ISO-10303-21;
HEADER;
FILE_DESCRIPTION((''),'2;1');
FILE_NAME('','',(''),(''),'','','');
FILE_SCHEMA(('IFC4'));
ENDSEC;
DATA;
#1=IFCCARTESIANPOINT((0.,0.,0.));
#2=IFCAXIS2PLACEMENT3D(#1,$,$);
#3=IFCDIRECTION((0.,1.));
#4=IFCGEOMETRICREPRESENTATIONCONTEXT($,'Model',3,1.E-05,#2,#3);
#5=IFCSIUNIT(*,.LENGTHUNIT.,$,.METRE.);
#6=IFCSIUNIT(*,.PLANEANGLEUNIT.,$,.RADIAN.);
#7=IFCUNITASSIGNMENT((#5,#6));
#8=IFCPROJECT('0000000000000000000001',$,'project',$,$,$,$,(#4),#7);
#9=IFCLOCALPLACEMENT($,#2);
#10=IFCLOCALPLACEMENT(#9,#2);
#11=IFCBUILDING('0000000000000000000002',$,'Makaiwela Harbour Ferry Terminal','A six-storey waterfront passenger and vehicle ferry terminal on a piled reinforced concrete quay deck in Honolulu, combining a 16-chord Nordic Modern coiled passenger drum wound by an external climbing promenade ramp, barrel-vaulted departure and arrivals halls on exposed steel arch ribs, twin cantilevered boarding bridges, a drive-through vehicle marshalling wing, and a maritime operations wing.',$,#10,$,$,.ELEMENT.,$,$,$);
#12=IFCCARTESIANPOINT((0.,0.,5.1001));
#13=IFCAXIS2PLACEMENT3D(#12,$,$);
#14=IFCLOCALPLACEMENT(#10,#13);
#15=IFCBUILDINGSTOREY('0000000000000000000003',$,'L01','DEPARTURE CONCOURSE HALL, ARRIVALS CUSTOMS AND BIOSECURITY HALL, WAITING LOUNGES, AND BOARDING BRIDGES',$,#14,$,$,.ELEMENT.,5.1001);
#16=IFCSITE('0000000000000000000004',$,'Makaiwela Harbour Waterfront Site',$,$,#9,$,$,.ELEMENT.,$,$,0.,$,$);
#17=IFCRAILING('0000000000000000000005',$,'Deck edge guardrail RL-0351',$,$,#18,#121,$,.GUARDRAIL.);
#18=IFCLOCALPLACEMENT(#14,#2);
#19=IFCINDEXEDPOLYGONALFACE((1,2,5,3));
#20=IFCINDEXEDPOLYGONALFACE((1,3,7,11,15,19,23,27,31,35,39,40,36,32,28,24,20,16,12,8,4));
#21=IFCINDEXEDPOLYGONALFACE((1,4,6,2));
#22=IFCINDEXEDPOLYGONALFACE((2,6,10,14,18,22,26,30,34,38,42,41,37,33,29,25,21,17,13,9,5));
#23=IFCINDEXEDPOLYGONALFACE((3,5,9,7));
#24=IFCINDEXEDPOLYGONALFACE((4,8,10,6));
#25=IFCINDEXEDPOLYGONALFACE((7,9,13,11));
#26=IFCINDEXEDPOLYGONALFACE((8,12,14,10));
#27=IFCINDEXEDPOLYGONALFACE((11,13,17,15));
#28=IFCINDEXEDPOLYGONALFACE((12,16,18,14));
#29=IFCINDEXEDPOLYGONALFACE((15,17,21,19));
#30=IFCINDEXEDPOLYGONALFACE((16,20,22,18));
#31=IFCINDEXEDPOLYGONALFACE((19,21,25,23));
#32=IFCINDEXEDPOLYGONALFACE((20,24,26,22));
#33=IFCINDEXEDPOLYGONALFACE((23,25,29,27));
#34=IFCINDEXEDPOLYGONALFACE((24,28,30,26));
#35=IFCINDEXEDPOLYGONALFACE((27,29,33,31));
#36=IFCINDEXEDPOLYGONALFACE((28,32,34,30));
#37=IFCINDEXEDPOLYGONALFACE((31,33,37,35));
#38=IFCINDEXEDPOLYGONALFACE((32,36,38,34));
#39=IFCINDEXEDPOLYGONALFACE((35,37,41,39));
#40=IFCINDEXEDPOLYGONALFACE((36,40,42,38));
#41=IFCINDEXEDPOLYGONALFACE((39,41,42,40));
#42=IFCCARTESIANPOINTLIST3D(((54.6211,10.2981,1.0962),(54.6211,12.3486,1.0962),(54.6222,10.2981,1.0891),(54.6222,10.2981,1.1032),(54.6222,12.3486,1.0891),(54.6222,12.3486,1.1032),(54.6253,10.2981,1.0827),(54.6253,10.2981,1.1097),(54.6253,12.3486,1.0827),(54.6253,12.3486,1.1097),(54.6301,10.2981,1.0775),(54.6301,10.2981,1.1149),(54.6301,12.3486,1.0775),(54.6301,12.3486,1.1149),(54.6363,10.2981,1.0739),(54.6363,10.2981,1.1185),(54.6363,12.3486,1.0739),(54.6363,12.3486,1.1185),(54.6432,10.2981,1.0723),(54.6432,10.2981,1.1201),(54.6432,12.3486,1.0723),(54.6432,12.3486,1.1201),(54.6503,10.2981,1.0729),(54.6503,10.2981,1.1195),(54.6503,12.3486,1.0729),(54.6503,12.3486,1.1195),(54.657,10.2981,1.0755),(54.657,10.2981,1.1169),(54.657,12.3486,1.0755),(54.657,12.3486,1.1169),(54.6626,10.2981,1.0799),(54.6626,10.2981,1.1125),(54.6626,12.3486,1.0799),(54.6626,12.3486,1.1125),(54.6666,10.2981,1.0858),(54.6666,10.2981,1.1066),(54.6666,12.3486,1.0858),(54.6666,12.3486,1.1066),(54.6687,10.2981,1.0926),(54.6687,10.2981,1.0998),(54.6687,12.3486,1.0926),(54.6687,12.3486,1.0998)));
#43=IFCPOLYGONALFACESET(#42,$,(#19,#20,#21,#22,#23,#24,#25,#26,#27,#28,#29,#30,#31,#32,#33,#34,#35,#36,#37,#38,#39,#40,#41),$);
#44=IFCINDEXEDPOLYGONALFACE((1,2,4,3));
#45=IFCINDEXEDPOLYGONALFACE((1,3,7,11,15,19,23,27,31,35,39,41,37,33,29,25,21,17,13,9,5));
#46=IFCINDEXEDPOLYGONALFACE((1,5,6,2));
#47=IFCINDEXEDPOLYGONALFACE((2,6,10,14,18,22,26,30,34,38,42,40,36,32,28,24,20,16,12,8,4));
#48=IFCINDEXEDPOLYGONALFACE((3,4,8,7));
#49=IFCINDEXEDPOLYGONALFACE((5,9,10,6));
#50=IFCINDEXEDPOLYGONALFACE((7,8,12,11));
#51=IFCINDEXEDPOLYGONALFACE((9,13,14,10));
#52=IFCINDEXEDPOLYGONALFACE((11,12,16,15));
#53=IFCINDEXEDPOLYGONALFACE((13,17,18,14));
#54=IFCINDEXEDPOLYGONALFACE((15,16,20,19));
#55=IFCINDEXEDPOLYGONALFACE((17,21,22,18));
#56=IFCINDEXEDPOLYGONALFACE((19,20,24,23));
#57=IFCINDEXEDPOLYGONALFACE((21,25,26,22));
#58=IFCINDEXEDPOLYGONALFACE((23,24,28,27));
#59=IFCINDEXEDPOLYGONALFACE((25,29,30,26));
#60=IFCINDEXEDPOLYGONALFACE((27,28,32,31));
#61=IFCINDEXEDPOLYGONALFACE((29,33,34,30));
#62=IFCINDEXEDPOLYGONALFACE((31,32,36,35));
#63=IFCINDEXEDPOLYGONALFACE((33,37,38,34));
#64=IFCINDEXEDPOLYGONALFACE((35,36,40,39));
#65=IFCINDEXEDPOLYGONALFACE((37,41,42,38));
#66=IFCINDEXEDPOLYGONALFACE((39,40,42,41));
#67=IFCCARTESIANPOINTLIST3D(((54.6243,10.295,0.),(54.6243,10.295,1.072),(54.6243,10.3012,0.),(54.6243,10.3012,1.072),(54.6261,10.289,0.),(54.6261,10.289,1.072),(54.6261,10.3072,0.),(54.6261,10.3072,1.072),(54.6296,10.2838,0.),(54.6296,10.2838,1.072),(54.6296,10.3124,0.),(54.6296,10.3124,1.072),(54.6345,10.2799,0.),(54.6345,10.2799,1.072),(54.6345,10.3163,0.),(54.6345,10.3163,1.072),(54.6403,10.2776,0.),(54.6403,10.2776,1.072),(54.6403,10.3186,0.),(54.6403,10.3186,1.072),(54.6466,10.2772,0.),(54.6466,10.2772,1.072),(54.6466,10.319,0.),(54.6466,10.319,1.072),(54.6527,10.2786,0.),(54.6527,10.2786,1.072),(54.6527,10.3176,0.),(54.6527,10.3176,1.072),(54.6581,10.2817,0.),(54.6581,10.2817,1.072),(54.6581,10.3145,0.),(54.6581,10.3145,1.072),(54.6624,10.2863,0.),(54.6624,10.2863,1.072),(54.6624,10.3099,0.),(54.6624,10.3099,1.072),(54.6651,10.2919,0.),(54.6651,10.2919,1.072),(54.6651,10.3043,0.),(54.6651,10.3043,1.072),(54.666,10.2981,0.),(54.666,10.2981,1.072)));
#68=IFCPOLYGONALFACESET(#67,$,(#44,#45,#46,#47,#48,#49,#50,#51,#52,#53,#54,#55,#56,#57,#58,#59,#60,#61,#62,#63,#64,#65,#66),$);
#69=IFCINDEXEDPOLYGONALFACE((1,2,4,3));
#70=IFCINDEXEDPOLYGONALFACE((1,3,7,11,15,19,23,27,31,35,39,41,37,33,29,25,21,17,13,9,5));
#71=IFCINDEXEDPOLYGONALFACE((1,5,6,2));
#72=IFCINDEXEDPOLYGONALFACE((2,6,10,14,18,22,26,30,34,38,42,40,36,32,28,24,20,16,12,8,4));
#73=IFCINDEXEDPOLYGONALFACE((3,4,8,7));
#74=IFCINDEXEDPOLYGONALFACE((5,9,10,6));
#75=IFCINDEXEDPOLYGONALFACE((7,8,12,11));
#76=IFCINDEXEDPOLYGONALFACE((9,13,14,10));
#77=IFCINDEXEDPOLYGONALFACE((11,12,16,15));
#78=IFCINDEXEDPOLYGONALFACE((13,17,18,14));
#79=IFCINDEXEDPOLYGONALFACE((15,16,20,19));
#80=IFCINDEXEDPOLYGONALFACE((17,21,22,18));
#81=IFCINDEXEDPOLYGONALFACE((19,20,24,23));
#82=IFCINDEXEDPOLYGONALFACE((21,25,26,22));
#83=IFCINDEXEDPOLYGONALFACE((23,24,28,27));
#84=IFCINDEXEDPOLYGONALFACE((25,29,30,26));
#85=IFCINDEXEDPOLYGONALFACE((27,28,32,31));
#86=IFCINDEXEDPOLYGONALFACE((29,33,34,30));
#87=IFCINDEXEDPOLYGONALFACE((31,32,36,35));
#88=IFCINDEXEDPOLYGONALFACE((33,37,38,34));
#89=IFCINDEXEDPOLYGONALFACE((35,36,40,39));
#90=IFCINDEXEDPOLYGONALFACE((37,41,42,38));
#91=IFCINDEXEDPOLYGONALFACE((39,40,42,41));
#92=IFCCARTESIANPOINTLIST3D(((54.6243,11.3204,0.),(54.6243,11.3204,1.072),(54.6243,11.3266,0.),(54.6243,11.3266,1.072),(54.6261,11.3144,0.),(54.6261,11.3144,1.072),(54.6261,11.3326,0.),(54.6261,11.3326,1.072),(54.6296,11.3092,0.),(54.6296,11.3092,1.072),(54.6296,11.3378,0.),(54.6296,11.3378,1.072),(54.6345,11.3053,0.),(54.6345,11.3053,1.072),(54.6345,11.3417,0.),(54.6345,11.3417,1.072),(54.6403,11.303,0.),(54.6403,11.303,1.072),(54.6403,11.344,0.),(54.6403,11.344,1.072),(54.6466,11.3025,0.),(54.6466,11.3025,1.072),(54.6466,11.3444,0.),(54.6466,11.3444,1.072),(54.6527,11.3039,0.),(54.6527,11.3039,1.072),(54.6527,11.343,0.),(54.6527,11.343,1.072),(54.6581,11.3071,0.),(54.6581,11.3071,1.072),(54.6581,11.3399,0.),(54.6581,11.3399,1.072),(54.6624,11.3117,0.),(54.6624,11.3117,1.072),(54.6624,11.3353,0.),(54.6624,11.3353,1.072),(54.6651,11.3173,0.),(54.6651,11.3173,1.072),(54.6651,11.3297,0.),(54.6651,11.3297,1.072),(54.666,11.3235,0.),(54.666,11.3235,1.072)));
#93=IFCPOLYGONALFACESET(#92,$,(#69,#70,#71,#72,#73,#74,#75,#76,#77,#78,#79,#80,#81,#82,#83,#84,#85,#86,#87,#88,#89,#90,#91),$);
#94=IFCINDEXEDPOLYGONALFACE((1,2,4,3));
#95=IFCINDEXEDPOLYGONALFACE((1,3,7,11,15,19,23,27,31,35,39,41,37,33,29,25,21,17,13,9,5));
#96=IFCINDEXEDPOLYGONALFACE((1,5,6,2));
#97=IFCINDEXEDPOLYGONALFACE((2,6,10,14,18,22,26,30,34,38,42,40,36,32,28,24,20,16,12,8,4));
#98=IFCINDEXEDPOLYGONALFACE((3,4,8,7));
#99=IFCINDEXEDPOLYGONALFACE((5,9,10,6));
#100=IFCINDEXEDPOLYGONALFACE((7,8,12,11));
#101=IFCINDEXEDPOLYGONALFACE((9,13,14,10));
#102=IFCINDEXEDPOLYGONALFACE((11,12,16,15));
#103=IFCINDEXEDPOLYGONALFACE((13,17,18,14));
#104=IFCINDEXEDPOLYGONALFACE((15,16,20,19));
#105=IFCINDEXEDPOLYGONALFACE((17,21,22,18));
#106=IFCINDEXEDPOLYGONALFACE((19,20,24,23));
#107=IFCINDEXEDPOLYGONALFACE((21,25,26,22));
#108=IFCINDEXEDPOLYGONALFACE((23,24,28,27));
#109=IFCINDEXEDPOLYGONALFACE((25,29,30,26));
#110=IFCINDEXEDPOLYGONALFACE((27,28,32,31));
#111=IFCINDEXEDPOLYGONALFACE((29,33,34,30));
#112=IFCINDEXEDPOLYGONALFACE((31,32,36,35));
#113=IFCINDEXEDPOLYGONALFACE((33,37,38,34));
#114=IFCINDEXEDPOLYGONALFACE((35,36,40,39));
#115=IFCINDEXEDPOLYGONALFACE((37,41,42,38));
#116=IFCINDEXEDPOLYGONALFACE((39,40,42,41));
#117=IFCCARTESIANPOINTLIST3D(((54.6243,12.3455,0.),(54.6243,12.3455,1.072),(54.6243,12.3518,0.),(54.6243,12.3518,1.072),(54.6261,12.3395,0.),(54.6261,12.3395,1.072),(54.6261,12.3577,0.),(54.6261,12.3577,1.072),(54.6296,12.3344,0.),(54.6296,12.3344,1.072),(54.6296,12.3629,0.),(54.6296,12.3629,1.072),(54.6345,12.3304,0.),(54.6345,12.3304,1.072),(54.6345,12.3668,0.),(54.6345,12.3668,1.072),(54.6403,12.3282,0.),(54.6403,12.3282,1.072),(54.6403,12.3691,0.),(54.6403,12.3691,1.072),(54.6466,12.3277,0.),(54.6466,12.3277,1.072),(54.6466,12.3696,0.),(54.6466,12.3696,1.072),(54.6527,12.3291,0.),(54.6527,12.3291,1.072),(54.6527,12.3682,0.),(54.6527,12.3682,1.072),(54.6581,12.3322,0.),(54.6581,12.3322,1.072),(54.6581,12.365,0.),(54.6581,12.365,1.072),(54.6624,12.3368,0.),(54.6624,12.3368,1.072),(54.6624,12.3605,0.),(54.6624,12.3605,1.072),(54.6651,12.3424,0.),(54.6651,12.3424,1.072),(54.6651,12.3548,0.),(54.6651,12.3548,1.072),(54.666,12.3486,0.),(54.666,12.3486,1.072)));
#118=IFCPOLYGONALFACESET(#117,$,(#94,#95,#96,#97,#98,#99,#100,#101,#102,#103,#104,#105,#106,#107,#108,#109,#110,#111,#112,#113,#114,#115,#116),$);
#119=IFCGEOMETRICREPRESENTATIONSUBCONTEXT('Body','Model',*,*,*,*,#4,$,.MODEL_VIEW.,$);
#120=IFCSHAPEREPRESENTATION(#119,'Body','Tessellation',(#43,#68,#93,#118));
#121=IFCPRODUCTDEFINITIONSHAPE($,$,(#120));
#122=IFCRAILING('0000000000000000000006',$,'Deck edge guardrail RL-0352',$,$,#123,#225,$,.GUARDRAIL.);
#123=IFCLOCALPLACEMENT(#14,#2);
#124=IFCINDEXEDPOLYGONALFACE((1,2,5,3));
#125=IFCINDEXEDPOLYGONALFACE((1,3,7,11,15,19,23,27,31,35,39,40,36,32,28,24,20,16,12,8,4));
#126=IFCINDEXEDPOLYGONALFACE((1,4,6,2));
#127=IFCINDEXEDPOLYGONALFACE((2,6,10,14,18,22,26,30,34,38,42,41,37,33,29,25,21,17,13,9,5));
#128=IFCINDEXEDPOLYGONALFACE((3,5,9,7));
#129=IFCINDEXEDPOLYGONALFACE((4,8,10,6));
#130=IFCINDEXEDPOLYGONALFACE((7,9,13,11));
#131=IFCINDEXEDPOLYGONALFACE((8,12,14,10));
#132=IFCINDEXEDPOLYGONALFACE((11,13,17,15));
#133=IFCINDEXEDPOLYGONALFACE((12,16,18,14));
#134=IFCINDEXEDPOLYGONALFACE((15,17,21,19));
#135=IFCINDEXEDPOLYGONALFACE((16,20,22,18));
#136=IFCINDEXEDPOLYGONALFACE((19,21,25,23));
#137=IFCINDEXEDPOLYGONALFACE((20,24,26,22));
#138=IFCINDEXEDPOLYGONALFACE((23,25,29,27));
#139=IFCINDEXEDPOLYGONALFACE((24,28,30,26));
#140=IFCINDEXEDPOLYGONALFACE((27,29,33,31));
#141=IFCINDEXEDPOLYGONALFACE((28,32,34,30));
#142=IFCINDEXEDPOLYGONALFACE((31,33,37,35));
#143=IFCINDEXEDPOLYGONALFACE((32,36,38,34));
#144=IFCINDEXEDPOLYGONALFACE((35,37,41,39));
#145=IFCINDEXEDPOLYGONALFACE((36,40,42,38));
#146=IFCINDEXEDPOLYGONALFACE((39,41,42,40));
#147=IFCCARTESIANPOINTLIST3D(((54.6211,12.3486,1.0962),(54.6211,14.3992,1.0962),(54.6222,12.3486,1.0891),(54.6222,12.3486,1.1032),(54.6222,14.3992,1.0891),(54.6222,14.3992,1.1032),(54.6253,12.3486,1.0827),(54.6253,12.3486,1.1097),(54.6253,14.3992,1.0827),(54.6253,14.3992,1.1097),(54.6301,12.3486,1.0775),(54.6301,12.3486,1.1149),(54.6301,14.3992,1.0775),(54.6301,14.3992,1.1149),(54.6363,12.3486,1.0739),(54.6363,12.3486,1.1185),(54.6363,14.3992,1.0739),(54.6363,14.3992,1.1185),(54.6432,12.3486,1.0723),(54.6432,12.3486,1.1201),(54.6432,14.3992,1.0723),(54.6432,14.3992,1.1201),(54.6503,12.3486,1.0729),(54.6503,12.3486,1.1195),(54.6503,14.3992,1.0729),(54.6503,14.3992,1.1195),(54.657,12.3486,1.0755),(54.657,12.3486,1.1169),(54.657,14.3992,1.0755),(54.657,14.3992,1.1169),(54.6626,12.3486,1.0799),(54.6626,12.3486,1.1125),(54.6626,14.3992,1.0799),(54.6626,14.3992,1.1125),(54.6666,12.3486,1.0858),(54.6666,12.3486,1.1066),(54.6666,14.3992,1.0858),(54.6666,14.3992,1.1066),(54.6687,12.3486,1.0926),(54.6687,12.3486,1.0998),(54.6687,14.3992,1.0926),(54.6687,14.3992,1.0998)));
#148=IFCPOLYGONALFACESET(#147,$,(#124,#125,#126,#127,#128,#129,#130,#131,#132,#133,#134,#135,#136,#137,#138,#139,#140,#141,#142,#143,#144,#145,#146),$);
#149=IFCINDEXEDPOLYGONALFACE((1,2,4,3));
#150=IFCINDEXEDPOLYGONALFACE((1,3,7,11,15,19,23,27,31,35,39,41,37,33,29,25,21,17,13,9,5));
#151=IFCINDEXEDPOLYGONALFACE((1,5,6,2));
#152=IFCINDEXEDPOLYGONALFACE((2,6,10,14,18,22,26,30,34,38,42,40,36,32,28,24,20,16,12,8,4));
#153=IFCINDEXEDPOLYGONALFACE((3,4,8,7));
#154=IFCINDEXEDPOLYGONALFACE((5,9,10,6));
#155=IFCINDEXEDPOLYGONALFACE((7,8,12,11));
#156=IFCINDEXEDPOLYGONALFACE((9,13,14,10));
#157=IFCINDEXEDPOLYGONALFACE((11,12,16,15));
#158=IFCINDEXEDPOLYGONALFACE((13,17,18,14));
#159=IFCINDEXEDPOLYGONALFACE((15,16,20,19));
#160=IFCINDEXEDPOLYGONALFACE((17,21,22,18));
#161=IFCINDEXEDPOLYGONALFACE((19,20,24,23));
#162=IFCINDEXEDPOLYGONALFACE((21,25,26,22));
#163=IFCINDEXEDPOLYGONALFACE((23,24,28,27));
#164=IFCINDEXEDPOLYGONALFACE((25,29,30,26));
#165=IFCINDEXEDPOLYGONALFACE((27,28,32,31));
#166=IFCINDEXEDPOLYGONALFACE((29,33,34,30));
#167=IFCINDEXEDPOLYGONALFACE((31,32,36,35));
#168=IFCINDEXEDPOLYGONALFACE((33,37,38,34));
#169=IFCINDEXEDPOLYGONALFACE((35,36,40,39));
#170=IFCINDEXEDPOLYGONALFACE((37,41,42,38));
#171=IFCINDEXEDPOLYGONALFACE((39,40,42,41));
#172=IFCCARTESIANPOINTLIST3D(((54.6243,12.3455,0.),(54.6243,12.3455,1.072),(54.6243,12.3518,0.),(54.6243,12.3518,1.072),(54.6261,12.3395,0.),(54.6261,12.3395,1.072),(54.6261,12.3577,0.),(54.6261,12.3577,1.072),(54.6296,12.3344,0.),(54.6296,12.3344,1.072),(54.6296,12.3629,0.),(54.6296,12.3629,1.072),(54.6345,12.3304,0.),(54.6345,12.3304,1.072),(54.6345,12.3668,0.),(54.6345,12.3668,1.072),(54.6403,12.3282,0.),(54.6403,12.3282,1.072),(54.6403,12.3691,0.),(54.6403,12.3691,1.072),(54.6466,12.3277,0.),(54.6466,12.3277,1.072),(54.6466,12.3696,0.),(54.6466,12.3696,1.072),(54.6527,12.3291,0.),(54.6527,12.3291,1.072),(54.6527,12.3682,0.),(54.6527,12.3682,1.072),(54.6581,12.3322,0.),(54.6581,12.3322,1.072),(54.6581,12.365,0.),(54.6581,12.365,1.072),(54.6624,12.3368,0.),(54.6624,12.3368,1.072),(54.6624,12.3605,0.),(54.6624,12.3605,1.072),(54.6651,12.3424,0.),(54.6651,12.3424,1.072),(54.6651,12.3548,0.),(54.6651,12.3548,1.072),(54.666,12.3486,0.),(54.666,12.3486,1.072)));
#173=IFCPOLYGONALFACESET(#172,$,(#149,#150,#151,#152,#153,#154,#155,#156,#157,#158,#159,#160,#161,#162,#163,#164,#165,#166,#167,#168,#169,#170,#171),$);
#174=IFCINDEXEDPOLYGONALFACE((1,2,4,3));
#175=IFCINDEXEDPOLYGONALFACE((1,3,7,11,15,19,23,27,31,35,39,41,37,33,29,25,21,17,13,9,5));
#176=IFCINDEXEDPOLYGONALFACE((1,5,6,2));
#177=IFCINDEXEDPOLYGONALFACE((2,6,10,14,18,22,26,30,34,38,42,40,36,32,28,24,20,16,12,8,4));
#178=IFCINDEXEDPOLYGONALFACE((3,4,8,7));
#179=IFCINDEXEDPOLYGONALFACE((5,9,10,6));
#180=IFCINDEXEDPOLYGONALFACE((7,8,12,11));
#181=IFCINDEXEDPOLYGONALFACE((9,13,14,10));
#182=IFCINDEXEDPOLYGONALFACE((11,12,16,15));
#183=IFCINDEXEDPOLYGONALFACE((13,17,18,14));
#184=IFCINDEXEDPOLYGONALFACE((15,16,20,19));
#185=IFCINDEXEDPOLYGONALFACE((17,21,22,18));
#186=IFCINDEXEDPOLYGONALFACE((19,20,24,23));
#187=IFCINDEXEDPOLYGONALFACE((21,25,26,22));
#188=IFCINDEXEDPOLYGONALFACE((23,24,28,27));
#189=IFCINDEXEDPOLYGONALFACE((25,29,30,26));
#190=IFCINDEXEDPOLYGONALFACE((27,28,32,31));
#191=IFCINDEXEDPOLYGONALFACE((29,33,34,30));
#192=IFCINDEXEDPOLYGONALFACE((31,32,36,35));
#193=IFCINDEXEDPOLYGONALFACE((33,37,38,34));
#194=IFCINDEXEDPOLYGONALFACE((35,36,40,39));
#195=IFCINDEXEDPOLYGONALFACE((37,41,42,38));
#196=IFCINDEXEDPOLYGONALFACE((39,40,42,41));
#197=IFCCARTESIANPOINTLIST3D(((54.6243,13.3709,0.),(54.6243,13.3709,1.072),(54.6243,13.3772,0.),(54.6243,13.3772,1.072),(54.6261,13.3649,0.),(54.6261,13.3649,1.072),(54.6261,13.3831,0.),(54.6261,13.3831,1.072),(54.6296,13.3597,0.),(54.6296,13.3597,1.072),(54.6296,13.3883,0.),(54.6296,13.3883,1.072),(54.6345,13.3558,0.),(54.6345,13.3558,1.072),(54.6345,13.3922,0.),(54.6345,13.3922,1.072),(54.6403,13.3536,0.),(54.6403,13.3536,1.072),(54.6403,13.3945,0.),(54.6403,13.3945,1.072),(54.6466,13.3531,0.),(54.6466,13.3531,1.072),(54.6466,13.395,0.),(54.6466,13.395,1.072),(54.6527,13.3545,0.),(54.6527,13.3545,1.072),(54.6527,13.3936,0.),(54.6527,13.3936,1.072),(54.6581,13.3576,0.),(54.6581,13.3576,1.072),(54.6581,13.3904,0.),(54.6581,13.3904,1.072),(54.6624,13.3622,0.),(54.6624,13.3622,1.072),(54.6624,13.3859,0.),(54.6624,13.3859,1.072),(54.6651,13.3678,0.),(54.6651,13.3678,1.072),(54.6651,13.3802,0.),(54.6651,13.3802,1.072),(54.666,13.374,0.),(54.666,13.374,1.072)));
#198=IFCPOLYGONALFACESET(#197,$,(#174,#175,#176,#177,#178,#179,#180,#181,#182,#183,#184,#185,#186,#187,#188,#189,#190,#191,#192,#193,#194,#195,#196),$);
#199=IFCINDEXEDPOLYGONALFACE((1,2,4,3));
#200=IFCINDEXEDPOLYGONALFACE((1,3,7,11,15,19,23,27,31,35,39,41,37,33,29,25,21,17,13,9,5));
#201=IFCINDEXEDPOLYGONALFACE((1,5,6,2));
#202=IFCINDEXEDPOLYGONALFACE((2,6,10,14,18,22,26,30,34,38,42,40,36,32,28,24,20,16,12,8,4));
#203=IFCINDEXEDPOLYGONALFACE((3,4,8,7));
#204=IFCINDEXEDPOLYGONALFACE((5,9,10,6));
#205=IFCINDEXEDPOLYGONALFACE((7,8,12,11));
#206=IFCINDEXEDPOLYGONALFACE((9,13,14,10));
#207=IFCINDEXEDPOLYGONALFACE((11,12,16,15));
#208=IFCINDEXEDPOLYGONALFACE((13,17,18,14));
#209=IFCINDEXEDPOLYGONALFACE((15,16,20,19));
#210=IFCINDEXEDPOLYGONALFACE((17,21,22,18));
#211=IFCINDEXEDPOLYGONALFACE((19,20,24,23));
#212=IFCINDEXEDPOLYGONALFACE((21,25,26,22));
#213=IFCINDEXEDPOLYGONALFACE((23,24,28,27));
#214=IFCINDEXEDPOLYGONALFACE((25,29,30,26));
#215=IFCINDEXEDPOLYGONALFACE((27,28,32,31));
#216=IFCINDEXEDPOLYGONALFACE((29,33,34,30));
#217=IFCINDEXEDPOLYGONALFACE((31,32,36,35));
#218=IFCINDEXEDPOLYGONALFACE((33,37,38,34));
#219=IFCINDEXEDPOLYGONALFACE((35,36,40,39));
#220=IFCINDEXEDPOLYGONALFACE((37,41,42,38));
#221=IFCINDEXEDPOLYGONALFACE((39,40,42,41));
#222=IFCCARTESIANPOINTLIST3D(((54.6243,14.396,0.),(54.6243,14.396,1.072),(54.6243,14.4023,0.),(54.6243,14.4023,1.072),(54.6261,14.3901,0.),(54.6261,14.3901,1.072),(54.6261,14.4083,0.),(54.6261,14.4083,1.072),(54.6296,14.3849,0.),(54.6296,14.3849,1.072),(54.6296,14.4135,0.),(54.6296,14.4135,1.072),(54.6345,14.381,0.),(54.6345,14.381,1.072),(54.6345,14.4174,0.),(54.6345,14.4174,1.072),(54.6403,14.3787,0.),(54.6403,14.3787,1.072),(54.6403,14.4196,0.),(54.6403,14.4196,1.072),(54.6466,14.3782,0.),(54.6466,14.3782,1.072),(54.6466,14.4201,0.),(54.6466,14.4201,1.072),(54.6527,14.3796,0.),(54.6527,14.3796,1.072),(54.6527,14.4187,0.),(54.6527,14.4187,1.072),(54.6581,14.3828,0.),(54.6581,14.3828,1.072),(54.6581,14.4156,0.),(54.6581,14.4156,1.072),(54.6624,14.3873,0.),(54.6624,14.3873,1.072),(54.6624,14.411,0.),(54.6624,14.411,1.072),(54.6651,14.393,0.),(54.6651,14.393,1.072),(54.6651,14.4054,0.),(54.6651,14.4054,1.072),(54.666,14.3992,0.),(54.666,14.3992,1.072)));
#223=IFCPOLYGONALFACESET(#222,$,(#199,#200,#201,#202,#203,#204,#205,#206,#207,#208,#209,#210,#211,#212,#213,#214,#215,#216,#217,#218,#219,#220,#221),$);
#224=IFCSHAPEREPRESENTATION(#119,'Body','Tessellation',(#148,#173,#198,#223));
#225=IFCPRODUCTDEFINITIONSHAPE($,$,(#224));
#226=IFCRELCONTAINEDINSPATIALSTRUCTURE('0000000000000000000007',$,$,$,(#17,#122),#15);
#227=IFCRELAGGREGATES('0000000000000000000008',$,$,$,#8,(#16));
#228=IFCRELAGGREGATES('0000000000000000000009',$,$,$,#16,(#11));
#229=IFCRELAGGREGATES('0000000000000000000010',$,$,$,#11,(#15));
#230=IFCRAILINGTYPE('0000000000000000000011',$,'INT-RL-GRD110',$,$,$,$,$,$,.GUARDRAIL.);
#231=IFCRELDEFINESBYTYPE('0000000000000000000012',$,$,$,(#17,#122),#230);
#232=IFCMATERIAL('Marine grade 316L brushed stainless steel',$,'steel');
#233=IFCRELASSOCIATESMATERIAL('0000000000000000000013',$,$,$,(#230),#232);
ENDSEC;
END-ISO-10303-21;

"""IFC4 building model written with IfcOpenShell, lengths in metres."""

from ifc_helpers import new_model, si_unit, direction, frame, origin, origin_2d, place, context, subcontext, project, spatial, circle, extrude, material, type_object, element, save


model = new_model("IFC4")

# Units and contexts
model_context = context("Model", 3, precision=1e-05, world=origin(), true_north=direction((0.0, 1.0)))
body_context = subcontext(model_context, "Body", "Model", "MODEL_VIEW")
ifc_project = project(units=[si_unit("LENGTHUNIT", "METRE"), si_unit("PLANEANGLEUNIT", "RADIAN")], contexts=[model_context])

# Site, building, storey
site_placement = place(None, origin())
site = spatial("IfcSite", under=ifc_project, at=site_placement, Name="Makaiwela Harbour Waterfront Site", CompositionType="ELEMENT", RefElevation=0.0)
building_placement = place(site_placement, origin())
building = spatial("IfcBuilding", under=site, at=building_placement, Name="Makaiwela Harbour Ferry Terminal", Description="A six-storey waterfront passenger and vehicle ferry terminal on a piled reinforced concrete quay deck in Honolulu, combining a 16-chord Nordic Modern coiled passenger drum wound by an external climbing promenade ramp, barrel-vaulted departure and arrivals halls on exposed steel arch ribs, twin cantilevered boarding bridges, a drive-through vehicle marshalling wing, and a maritime operations wing.", CompositionType="ELEMENT")
storey_placement = place(building_placement, frame((0.0, 0.0, 5.1001)))
storey = spatial("IfcBuildingStorey", under=building, at=storey_placement, Name="L01", Description="DEPARTURE CONCOURSE HALL, ARRIVALS CUSTOMS AND BIOSECURITY HALL, WAITING LOUNGES, AND BOARDING BRIDGES", CompositionType="ELEMENT", Elevation=5.1001)

# Railings
ifc_material_1 = material(Name="Marine grade 316L brushed stainless steel", Category="steel")
railing_type = type_object("IfcRailingType", Name="INT-RL-GRD110", PredefinedType="GUARDRAIL", material=ifc_material_1)
for number, where, name in (
    (1, (54.645, 10.2981, 0.0), "Deck edge guardrail RL-0351"),
    (2, (54.645, 12.3486, 0.0), "Deck edge guardrail RL-0352"),
):
    element("IfcRailing", number, at=place(storey_placement, frame(where)), inside=storey, type_object=railing_type, Name=name, PredefinedType="GUARDRAIL", context=body_context, shape_type="SweptSolid", body=[
        extrude(circle(Radius=0.0239, at=origin_2d()), frame((0.0, 0.0, 1.0962), z_axis=(0.0, 1.0, 0.0), x_axis=(-1.0, 0.0, 0.0)), (0.0, 0.0, 1.0), 2.0505),
        extrude(circle(Radius=0.021, at=origin_2d()), origin(), (0.0, 0.0, 1.0), 1.072),
        extrude(circle(Radius=0.021, at=origin_2d()), frame((0.0, 1.0254, 0.0)), (0.0, 0.0, 1.0), 1.072),
        extrude(circle(Radius=0.021, at=origin_2d()), frame((0.0, 2.0505, 0.0)), (0.0, 0.0, 1.0), 1.072),
    ])

save(model, "model.ifc")
